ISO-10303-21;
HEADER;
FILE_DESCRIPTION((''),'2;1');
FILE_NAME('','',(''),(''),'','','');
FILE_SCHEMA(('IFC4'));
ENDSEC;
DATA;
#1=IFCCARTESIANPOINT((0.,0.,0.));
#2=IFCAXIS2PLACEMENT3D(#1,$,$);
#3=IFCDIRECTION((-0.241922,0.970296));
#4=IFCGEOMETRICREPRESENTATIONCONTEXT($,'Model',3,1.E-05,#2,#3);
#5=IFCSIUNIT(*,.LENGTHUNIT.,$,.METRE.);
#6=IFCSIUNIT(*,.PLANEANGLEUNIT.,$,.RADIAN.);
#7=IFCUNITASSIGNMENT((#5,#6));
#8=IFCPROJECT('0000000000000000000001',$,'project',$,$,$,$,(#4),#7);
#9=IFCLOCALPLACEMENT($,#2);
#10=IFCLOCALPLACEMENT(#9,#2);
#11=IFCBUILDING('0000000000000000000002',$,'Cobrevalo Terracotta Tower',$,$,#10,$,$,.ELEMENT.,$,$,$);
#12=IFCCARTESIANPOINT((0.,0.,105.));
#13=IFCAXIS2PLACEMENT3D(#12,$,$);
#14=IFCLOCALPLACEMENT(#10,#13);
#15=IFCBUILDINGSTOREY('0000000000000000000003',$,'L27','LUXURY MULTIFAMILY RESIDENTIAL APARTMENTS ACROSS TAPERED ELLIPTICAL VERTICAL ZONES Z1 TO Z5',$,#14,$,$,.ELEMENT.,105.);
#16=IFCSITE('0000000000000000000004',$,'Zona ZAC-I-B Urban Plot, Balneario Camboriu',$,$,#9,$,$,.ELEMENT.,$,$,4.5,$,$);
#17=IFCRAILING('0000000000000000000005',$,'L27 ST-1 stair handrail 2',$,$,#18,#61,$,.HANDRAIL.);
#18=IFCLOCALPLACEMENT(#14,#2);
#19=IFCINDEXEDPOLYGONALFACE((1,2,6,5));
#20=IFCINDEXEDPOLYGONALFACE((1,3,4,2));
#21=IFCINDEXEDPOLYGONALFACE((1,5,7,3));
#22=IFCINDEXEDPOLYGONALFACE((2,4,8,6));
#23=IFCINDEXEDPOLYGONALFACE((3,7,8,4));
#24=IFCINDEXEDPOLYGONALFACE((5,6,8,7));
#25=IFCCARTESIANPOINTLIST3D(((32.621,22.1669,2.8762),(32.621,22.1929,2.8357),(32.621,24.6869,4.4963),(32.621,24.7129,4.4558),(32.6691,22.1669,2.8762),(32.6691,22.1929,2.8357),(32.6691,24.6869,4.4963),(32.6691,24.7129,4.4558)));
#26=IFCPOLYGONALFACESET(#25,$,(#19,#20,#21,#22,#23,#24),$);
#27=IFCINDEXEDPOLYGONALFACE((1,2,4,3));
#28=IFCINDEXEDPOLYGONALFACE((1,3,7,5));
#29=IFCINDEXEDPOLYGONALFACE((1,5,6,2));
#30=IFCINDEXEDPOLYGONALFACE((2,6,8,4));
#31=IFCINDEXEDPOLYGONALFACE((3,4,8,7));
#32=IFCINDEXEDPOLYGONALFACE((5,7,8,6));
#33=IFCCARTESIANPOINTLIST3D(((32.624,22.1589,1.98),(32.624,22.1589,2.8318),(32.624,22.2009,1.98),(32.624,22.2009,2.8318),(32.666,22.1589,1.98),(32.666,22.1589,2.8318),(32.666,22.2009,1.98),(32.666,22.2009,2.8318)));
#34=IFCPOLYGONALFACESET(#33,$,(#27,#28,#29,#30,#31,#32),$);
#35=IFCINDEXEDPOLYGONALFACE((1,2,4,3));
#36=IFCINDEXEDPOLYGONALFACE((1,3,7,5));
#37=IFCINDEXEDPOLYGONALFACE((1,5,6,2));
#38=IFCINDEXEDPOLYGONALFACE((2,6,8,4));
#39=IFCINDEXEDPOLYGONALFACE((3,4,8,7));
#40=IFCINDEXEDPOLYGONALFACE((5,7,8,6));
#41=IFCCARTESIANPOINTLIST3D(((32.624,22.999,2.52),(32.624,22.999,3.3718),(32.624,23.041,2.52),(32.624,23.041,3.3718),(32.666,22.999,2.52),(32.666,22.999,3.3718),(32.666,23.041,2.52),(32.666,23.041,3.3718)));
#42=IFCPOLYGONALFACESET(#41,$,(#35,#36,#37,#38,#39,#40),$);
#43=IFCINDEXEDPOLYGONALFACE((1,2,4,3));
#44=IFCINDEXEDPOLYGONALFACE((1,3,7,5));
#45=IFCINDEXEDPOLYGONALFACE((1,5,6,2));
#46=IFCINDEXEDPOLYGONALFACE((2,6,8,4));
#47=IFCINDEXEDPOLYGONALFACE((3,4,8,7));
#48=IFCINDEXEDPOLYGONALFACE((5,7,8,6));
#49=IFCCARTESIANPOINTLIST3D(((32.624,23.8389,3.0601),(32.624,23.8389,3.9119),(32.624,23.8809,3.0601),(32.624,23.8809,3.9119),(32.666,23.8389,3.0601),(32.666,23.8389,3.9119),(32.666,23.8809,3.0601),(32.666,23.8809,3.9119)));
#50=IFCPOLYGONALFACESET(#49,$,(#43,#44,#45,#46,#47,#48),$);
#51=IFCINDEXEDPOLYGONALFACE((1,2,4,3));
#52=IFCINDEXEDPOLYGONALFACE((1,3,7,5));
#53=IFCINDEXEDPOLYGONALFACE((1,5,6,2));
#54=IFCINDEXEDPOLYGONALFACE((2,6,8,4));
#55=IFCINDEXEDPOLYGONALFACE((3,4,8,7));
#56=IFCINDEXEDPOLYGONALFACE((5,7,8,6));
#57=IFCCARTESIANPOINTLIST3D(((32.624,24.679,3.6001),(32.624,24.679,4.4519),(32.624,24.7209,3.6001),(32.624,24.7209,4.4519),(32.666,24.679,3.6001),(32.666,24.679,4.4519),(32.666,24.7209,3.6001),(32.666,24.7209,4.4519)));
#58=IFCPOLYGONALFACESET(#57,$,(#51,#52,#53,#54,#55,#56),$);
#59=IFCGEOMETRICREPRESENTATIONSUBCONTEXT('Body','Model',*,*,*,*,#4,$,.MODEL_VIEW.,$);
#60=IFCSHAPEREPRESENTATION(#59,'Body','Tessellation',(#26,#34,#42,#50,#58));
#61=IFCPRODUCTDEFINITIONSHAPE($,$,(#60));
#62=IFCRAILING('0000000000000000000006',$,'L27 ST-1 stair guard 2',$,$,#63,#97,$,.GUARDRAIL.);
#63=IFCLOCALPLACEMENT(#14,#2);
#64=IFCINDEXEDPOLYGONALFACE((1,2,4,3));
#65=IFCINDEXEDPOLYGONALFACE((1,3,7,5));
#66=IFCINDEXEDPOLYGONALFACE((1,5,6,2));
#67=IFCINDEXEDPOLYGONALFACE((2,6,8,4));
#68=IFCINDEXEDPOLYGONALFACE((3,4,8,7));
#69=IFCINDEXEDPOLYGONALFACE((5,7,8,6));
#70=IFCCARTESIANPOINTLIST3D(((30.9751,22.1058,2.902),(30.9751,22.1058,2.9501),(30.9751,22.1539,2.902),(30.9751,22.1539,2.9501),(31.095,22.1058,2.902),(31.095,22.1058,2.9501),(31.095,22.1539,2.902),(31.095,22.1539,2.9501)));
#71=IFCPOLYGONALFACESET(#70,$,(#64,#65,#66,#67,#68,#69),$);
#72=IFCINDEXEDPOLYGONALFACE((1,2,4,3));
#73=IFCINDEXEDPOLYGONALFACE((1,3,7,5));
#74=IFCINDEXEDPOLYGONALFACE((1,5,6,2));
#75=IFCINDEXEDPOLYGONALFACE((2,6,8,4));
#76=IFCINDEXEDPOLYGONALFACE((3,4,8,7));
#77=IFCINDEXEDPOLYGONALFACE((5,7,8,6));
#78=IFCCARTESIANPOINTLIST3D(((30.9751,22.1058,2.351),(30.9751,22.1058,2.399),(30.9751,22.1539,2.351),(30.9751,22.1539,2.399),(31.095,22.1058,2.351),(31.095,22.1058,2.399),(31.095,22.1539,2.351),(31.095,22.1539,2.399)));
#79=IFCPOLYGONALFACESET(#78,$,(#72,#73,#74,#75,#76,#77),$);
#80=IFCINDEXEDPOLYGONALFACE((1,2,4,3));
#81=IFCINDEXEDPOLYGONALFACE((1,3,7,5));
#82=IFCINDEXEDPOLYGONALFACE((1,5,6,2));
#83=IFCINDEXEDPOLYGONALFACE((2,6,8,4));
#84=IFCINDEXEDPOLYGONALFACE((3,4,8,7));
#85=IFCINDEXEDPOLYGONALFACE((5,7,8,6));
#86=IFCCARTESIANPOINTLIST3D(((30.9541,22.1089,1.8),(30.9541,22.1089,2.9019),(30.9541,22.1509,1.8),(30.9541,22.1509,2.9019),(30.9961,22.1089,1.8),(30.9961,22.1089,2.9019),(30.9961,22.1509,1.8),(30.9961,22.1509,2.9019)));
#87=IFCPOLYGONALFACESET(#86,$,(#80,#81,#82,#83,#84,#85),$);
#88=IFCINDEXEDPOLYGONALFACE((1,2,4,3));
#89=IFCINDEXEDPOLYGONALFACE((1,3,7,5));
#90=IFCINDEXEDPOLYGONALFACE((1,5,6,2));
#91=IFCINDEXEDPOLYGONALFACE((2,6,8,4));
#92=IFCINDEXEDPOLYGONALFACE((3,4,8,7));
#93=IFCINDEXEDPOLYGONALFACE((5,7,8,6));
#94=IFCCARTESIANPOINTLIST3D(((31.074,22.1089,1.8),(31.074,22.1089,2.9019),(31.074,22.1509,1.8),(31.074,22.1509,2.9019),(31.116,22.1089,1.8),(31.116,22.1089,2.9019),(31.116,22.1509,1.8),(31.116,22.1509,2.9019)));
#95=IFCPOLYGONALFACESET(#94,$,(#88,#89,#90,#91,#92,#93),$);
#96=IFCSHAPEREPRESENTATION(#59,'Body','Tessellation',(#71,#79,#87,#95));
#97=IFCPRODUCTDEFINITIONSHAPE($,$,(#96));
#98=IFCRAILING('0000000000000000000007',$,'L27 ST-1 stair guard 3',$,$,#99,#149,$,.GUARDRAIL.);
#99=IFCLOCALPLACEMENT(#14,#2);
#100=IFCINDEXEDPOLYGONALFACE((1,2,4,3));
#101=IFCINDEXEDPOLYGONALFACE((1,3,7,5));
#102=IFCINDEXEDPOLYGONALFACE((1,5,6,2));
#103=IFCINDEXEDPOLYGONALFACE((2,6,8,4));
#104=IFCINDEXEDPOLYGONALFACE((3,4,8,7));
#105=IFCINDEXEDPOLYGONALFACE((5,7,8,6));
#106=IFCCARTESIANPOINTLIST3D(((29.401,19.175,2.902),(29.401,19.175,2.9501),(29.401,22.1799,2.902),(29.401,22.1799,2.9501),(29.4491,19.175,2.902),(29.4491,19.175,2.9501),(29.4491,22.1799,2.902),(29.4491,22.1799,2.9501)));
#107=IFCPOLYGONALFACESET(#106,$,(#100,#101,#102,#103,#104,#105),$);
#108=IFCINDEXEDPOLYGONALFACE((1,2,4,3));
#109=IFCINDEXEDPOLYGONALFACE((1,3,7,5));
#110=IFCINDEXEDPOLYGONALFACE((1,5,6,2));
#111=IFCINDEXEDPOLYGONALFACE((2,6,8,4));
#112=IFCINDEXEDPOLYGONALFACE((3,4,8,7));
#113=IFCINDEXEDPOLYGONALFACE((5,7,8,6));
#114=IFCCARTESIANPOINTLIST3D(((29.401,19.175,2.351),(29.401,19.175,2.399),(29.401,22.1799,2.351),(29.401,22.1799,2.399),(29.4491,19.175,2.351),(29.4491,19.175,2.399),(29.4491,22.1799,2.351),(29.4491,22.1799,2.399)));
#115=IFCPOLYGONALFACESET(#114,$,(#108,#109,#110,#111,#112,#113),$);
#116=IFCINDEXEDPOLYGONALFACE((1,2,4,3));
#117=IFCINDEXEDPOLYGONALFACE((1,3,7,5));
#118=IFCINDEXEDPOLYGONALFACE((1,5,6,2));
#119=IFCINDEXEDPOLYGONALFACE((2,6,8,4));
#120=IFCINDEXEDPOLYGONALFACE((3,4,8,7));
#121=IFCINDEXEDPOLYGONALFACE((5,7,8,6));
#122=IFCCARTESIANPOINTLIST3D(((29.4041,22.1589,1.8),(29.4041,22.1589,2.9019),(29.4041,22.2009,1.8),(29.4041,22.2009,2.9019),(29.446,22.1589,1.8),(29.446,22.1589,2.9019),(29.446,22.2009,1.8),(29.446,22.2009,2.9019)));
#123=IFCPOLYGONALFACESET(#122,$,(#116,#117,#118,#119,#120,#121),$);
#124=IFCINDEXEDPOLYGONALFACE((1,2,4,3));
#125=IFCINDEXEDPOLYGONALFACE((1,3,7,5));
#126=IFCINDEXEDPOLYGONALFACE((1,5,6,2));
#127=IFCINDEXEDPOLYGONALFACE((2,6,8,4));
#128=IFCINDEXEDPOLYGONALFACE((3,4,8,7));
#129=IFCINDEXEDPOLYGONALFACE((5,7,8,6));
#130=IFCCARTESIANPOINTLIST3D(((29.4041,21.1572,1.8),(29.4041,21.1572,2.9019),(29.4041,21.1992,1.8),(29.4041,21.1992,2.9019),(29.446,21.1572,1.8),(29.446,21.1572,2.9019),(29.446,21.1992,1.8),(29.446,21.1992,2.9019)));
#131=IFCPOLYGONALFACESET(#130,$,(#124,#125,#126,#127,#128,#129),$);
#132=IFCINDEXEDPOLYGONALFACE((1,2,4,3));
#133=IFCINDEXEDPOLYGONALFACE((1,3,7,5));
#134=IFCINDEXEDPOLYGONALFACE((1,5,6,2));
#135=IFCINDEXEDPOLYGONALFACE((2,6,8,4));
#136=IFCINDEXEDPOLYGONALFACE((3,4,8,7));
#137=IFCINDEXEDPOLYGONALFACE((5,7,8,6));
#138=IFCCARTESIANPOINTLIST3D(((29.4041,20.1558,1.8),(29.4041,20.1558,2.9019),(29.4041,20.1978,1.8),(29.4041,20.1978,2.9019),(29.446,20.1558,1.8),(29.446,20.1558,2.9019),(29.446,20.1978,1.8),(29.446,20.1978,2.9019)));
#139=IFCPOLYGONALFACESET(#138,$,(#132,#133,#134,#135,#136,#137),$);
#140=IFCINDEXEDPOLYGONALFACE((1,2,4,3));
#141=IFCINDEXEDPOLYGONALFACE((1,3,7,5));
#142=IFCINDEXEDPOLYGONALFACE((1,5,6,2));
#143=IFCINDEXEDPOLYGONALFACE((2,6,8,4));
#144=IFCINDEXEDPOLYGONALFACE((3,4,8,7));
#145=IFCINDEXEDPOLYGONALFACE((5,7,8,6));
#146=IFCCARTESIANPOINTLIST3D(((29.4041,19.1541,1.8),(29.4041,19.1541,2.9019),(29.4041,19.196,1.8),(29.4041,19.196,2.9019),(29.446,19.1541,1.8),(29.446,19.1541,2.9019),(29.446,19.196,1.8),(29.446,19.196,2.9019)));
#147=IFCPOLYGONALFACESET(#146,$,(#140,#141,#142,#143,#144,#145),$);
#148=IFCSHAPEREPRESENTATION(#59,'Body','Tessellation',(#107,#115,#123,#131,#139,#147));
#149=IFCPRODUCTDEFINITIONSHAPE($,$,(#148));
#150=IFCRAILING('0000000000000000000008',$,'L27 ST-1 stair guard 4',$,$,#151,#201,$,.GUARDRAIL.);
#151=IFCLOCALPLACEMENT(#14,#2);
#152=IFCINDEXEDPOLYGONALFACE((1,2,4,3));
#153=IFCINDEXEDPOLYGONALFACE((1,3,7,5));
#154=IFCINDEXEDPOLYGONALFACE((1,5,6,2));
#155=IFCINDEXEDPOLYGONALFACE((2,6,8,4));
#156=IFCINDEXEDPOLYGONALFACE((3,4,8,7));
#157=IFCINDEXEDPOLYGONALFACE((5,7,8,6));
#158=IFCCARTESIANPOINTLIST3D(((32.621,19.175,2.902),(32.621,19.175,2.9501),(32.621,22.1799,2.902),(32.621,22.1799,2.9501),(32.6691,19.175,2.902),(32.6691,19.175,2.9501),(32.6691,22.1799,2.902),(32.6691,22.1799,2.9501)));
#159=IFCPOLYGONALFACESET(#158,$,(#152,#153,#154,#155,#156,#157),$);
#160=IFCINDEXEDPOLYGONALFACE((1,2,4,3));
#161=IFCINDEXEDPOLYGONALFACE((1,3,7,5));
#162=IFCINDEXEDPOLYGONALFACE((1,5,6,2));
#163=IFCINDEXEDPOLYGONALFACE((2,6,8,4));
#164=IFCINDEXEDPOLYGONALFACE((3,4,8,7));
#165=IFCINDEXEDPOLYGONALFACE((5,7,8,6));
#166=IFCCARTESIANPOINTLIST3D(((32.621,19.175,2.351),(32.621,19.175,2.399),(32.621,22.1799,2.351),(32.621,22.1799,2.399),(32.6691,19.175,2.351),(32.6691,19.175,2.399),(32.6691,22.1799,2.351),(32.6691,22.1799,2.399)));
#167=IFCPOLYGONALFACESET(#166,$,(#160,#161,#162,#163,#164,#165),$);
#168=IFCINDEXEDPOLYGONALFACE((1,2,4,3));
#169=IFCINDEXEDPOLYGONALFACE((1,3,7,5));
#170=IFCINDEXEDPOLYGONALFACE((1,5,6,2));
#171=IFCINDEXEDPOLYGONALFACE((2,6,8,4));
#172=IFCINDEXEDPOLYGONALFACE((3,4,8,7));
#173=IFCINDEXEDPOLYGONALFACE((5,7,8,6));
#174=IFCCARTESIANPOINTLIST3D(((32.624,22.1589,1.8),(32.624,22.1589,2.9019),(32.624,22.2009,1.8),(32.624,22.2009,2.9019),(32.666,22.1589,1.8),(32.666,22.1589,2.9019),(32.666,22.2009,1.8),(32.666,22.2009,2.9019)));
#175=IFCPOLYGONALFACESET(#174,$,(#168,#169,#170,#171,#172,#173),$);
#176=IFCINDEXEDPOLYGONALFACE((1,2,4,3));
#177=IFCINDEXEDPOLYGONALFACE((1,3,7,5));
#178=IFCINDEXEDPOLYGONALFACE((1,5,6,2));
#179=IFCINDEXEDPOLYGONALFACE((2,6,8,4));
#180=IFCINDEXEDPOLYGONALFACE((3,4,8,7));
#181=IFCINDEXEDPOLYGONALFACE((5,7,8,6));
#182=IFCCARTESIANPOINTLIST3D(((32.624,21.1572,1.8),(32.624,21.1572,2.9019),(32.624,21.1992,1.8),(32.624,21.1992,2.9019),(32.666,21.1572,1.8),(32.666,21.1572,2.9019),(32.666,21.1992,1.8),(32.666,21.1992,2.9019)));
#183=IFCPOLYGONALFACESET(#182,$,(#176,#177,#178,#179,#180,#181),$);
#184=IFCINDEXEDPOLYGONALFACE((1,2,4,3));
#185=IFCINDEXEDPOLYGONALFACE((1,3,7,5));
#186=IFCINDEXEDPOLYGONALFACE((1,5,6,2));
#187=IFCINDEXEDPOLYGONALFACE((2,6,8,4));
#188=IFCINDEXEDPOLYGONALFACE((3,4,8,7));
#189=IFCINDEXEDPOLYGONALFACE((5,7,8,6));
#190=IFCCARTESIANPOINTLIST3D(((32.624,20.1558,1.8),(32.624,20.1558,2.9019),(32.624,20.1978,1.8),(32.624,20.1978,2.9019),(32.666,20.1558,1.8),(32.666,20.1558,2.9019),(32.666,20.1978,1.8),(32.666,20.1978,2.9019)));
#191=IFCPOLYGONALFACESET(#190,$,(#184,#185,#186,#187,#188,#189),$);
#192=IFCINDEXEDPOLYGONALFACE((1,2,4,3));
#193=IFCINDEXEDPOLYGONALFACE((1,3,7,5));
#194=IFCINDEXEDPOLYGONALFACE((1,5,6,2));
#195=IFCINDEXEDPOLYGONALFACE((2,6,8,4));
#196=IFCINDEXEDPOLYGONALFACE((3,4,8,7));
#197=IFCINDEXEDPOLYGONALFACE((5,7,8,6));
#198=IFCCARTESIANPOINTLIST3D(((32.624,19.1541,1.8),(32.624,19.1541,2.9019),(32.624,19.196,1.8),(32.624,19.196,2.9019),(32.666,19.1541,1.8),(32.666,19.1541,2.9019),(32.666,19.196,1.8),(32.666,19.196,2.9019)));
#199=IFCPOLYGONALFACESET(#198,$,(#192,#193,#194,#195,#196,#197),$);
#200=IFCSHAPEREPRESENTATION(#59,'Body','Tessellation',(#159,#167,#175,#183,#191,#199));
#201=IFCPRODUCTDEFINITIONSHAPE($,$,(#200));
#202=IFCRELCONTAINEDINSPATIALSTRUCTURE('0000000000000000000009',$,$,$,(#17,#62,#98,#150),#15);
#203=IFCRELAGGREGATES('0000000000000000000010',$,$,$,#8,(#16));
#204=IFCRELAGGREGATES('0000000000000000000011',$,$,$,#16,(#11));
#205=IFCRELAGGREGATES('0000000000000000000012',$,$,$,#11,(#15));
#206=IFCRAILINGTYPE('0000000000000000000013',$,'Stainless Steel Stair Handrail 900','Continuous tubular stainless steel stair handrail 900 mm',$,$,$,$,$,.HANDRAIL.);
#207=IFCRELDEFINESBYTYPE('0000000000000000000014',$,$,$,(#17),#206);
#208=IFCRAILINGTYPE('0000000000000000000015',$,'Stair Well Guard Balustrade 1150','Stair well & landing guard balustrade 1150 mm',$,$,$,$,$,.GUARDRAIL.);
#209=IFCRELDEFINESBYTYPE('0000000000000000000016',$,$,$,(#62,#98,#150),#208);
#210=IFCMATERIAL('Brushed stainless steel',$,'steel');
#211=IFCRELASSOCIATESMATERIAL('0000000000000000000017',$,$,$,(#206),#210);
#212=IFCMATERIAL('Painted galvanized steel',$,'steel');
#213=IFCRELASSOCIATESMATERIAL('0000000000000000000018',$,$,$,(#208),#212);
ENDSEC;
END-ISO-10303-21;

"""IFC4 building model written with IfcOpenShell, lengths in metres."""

from ifc_helpers import new_model, si_unit, direction, frame, origin, origin_2d, place, context, subcontext, project, spatial, rectangle, extrude, material, type_object, element, save


model = new_model("IFC4")

# Units and contexts
model_context = context("Model", 3, precision=1e-05, world=origin(), true_north=direction((-0.241922, 0.970296)))
body_context = subcontext(model_context, "Body", "Model", "MODEL_VIEW")
ifc_project = project(units=[si_unit("LENGTHUNIT", "METRE"), si_unit("PLANEANGLEUNIT", "RADIAN")], contexts=[model_context])

# Site, building, storey
site_placement = place(None, origin())
site = spatial("IfcSite", under=ifc_project, at=site_placement, Name="Zona ZAC-I-B Urban Plot, Balneario Camboriu", CompositionType="ELEMENT", RefElevation=4.5)
building_placement = place(site_placement, origin())
building = spatial("IfcBuilding", under=site, at=building_placement, Name="Cobrevalo Terracotta Tower", CompositionType="ELEMENT")
storey_placement = place(building_placement, frame((0.0, 0.0, 105.0)))
storey = spatial("IfcBuildingStorey", under=building, at=storey_placement, Name="L27", Description="LUXURY MULTIFAMILY RESIDENTIAL APARTMENTS ACROSS TAPERED ELLIPTICAL VERTICAL ZONES Z1 TO Z5", CompositionType="ELEMENT", Elevation=105.0)

# Railings
ifc_material_1 = material(Name="Brushed stainless steel", Category="steel")
railing_type_1 = type_object("IfcRailingType", Name="Stainless Steel Stair Handrail 900", Description="Continuous tubular stainless steel stair handrail 900 mm", PredefinedType="HANDRAIL", material=ifc_material_1)
railing_1_placement = place(storey_placement, frame((32.645, 22.1799, 1.98)))
element("IfcRailing", 1, at=railing_1_placement, inside=storey, type_object=railing_type_1, Name="L27 ST-1 stair handrail 2", PredefinedType="HANDRAIL", context=body_context, shape_type="SweptSolid", body=[
    extrude(rectangle(XDim=0.0481, YDim=0.0481, at=origin_2d()), frame((0.0, 0.0, 0.876), z_axis=(0.0, 0.841163, 0.540782), x_axis=(-1.0, 0.0, 0.0)), (0.0, 0.0, 1.0), 2.9958),
    extrude(rectangle(XDim=0.042, YDim=0.042, at=origin_2d()), origin(), (0.0, 0.0, 1.0), 0.8518),
    extrude(rectangle(XDim=0.042, YDim=0.042, at=origin_2d()), frame((0.0, 0.8401, 0.54)), (0.0, 0.0, 1.0), 0.8518),
    extrude(rectangle(XDim=0.042, YDim=0.042, at=origin_2d()), frame((0.0, 1.6799, 1.0801)), (0.0, 0.0, 1.0), 0.8518),
    extrude(rectangle(XDim=0.042, YDim=0.042, at=origin_2d()), frame((0.0, 2.52, 1.6201)), (0.0, 0.0, 1.0), 0.8518),
])
ifc_material_2 = material(Name="Painted galvanized steel", Category="steel")
railing_type_2 = type_object("IfcRailingType", Name="Stair Well Guard Balustrade 1150", Description="Stair well & landing guard balustrade 1150 mm", PredefinedType="GUARDRAIL", material=ifc_material_2)
railing_2_placement = place(storey_placement, frame((30.9751, 22.1299, 1.8)))
element("IfcRailing", 2, at=railing_2_placement, inside=storey, type_object=railing_type_2, Name="L27 ST-1 stair guard 2", PredefinedType="GUARDRAIL", context=body_context, shape_type="SweptSolid", body=[
    extrude(rectangle(XDim=0.0481, YDim=0.0481, at=origin_2d()), frame((0.0, 0.0, 1.126), z_axis=(1.0, 0.0, 0.0), x_axis=(0.0, 1.0, 0.0)), (0.0, 0.0, 1.0), 0.1199),
    extrude(rectangle(XDim=0.0481, YDim=0.0481, at=origin_2d()), frame((0.0, 0.0, 0.575), z_axis=(1.0, 0.0, 0.0), x_axis=(0.0, 1.0, 0.0)), (0.0, 0.0, 1.0), 0.1199),
    extrude(rectangle(XDim=0.042, YDim=0.042, at=origin_2d()), origin(), (0.0, 0.0, 1.0), 1.1018),
    extrude(rectangle(XDim=0.042, YDim=0.042, at=origin_2d()), frame((0.1199, 0.0, 0.0)), (0.0, 0.0, 1.0), 1.1018),
])
for number, where, name in (
    (3, (29.425, 22.1799, 1.8), "L27 ST-1 stair guard 3"),
    (4, (32.645, 22.1799, 1.8), "L27 ST-1 stair guard 4"),
):
    element("IfcRailing", number, at=place(storey_placement, frame(where)), inside=storey, type_object=railing_type_2, Name=name, PredefinedType="GUARDRAIL", context=body_context, shape_type="SweptSolid", body=[
        extrude(rectangle(XDim=0.0481, YDim=0.0481, at=origin_2d()), frame((0.0, 0.0, 1.126), z_axis=(0.0, -1.0, 0.0), x_axis=(1.0, 0.0, 0.0)), (0.0, 0.0, 1.0), 3.0049),
        extrude(rectangle(XDim=0.0481, YDim=0.0481, at=origin_2d()), frame((0.0, 0.0, 0.575), z_axis=(0.0, -1.0, 0.0), x_axis=(1.0, 0.0, 0.0)), (0.0, 0.0, 1.0), 3.0049),
        extrude(rectangle(XDim=0.042, YDim=0.042, at=origin_2d()), origin(), (0.0, 0.0, 1.0), 1.1018),
        extrude(rectangle(XDim=0.042, YDim=0.042, at=origin_2d()), frame((0.0, -1.0017, 0.0)), (0.0, 0.0, 1.0), 1.1018),
        extrude(rectangle(XDim=0.042, YDim=0.042, at=origin_2d()), frame((0.0, -2.0032, 0.0)), (0.0, 0.0, 1.0), 1.1018),
        extrude(rectangle(XDim=0.042, YDim=0.042, at=origin_2d()), frame((0.0, -3.0049, 0.0)), (0.0, 0.0, 1.0), 1.1018),
    ])

save(model, "model.ifc")
